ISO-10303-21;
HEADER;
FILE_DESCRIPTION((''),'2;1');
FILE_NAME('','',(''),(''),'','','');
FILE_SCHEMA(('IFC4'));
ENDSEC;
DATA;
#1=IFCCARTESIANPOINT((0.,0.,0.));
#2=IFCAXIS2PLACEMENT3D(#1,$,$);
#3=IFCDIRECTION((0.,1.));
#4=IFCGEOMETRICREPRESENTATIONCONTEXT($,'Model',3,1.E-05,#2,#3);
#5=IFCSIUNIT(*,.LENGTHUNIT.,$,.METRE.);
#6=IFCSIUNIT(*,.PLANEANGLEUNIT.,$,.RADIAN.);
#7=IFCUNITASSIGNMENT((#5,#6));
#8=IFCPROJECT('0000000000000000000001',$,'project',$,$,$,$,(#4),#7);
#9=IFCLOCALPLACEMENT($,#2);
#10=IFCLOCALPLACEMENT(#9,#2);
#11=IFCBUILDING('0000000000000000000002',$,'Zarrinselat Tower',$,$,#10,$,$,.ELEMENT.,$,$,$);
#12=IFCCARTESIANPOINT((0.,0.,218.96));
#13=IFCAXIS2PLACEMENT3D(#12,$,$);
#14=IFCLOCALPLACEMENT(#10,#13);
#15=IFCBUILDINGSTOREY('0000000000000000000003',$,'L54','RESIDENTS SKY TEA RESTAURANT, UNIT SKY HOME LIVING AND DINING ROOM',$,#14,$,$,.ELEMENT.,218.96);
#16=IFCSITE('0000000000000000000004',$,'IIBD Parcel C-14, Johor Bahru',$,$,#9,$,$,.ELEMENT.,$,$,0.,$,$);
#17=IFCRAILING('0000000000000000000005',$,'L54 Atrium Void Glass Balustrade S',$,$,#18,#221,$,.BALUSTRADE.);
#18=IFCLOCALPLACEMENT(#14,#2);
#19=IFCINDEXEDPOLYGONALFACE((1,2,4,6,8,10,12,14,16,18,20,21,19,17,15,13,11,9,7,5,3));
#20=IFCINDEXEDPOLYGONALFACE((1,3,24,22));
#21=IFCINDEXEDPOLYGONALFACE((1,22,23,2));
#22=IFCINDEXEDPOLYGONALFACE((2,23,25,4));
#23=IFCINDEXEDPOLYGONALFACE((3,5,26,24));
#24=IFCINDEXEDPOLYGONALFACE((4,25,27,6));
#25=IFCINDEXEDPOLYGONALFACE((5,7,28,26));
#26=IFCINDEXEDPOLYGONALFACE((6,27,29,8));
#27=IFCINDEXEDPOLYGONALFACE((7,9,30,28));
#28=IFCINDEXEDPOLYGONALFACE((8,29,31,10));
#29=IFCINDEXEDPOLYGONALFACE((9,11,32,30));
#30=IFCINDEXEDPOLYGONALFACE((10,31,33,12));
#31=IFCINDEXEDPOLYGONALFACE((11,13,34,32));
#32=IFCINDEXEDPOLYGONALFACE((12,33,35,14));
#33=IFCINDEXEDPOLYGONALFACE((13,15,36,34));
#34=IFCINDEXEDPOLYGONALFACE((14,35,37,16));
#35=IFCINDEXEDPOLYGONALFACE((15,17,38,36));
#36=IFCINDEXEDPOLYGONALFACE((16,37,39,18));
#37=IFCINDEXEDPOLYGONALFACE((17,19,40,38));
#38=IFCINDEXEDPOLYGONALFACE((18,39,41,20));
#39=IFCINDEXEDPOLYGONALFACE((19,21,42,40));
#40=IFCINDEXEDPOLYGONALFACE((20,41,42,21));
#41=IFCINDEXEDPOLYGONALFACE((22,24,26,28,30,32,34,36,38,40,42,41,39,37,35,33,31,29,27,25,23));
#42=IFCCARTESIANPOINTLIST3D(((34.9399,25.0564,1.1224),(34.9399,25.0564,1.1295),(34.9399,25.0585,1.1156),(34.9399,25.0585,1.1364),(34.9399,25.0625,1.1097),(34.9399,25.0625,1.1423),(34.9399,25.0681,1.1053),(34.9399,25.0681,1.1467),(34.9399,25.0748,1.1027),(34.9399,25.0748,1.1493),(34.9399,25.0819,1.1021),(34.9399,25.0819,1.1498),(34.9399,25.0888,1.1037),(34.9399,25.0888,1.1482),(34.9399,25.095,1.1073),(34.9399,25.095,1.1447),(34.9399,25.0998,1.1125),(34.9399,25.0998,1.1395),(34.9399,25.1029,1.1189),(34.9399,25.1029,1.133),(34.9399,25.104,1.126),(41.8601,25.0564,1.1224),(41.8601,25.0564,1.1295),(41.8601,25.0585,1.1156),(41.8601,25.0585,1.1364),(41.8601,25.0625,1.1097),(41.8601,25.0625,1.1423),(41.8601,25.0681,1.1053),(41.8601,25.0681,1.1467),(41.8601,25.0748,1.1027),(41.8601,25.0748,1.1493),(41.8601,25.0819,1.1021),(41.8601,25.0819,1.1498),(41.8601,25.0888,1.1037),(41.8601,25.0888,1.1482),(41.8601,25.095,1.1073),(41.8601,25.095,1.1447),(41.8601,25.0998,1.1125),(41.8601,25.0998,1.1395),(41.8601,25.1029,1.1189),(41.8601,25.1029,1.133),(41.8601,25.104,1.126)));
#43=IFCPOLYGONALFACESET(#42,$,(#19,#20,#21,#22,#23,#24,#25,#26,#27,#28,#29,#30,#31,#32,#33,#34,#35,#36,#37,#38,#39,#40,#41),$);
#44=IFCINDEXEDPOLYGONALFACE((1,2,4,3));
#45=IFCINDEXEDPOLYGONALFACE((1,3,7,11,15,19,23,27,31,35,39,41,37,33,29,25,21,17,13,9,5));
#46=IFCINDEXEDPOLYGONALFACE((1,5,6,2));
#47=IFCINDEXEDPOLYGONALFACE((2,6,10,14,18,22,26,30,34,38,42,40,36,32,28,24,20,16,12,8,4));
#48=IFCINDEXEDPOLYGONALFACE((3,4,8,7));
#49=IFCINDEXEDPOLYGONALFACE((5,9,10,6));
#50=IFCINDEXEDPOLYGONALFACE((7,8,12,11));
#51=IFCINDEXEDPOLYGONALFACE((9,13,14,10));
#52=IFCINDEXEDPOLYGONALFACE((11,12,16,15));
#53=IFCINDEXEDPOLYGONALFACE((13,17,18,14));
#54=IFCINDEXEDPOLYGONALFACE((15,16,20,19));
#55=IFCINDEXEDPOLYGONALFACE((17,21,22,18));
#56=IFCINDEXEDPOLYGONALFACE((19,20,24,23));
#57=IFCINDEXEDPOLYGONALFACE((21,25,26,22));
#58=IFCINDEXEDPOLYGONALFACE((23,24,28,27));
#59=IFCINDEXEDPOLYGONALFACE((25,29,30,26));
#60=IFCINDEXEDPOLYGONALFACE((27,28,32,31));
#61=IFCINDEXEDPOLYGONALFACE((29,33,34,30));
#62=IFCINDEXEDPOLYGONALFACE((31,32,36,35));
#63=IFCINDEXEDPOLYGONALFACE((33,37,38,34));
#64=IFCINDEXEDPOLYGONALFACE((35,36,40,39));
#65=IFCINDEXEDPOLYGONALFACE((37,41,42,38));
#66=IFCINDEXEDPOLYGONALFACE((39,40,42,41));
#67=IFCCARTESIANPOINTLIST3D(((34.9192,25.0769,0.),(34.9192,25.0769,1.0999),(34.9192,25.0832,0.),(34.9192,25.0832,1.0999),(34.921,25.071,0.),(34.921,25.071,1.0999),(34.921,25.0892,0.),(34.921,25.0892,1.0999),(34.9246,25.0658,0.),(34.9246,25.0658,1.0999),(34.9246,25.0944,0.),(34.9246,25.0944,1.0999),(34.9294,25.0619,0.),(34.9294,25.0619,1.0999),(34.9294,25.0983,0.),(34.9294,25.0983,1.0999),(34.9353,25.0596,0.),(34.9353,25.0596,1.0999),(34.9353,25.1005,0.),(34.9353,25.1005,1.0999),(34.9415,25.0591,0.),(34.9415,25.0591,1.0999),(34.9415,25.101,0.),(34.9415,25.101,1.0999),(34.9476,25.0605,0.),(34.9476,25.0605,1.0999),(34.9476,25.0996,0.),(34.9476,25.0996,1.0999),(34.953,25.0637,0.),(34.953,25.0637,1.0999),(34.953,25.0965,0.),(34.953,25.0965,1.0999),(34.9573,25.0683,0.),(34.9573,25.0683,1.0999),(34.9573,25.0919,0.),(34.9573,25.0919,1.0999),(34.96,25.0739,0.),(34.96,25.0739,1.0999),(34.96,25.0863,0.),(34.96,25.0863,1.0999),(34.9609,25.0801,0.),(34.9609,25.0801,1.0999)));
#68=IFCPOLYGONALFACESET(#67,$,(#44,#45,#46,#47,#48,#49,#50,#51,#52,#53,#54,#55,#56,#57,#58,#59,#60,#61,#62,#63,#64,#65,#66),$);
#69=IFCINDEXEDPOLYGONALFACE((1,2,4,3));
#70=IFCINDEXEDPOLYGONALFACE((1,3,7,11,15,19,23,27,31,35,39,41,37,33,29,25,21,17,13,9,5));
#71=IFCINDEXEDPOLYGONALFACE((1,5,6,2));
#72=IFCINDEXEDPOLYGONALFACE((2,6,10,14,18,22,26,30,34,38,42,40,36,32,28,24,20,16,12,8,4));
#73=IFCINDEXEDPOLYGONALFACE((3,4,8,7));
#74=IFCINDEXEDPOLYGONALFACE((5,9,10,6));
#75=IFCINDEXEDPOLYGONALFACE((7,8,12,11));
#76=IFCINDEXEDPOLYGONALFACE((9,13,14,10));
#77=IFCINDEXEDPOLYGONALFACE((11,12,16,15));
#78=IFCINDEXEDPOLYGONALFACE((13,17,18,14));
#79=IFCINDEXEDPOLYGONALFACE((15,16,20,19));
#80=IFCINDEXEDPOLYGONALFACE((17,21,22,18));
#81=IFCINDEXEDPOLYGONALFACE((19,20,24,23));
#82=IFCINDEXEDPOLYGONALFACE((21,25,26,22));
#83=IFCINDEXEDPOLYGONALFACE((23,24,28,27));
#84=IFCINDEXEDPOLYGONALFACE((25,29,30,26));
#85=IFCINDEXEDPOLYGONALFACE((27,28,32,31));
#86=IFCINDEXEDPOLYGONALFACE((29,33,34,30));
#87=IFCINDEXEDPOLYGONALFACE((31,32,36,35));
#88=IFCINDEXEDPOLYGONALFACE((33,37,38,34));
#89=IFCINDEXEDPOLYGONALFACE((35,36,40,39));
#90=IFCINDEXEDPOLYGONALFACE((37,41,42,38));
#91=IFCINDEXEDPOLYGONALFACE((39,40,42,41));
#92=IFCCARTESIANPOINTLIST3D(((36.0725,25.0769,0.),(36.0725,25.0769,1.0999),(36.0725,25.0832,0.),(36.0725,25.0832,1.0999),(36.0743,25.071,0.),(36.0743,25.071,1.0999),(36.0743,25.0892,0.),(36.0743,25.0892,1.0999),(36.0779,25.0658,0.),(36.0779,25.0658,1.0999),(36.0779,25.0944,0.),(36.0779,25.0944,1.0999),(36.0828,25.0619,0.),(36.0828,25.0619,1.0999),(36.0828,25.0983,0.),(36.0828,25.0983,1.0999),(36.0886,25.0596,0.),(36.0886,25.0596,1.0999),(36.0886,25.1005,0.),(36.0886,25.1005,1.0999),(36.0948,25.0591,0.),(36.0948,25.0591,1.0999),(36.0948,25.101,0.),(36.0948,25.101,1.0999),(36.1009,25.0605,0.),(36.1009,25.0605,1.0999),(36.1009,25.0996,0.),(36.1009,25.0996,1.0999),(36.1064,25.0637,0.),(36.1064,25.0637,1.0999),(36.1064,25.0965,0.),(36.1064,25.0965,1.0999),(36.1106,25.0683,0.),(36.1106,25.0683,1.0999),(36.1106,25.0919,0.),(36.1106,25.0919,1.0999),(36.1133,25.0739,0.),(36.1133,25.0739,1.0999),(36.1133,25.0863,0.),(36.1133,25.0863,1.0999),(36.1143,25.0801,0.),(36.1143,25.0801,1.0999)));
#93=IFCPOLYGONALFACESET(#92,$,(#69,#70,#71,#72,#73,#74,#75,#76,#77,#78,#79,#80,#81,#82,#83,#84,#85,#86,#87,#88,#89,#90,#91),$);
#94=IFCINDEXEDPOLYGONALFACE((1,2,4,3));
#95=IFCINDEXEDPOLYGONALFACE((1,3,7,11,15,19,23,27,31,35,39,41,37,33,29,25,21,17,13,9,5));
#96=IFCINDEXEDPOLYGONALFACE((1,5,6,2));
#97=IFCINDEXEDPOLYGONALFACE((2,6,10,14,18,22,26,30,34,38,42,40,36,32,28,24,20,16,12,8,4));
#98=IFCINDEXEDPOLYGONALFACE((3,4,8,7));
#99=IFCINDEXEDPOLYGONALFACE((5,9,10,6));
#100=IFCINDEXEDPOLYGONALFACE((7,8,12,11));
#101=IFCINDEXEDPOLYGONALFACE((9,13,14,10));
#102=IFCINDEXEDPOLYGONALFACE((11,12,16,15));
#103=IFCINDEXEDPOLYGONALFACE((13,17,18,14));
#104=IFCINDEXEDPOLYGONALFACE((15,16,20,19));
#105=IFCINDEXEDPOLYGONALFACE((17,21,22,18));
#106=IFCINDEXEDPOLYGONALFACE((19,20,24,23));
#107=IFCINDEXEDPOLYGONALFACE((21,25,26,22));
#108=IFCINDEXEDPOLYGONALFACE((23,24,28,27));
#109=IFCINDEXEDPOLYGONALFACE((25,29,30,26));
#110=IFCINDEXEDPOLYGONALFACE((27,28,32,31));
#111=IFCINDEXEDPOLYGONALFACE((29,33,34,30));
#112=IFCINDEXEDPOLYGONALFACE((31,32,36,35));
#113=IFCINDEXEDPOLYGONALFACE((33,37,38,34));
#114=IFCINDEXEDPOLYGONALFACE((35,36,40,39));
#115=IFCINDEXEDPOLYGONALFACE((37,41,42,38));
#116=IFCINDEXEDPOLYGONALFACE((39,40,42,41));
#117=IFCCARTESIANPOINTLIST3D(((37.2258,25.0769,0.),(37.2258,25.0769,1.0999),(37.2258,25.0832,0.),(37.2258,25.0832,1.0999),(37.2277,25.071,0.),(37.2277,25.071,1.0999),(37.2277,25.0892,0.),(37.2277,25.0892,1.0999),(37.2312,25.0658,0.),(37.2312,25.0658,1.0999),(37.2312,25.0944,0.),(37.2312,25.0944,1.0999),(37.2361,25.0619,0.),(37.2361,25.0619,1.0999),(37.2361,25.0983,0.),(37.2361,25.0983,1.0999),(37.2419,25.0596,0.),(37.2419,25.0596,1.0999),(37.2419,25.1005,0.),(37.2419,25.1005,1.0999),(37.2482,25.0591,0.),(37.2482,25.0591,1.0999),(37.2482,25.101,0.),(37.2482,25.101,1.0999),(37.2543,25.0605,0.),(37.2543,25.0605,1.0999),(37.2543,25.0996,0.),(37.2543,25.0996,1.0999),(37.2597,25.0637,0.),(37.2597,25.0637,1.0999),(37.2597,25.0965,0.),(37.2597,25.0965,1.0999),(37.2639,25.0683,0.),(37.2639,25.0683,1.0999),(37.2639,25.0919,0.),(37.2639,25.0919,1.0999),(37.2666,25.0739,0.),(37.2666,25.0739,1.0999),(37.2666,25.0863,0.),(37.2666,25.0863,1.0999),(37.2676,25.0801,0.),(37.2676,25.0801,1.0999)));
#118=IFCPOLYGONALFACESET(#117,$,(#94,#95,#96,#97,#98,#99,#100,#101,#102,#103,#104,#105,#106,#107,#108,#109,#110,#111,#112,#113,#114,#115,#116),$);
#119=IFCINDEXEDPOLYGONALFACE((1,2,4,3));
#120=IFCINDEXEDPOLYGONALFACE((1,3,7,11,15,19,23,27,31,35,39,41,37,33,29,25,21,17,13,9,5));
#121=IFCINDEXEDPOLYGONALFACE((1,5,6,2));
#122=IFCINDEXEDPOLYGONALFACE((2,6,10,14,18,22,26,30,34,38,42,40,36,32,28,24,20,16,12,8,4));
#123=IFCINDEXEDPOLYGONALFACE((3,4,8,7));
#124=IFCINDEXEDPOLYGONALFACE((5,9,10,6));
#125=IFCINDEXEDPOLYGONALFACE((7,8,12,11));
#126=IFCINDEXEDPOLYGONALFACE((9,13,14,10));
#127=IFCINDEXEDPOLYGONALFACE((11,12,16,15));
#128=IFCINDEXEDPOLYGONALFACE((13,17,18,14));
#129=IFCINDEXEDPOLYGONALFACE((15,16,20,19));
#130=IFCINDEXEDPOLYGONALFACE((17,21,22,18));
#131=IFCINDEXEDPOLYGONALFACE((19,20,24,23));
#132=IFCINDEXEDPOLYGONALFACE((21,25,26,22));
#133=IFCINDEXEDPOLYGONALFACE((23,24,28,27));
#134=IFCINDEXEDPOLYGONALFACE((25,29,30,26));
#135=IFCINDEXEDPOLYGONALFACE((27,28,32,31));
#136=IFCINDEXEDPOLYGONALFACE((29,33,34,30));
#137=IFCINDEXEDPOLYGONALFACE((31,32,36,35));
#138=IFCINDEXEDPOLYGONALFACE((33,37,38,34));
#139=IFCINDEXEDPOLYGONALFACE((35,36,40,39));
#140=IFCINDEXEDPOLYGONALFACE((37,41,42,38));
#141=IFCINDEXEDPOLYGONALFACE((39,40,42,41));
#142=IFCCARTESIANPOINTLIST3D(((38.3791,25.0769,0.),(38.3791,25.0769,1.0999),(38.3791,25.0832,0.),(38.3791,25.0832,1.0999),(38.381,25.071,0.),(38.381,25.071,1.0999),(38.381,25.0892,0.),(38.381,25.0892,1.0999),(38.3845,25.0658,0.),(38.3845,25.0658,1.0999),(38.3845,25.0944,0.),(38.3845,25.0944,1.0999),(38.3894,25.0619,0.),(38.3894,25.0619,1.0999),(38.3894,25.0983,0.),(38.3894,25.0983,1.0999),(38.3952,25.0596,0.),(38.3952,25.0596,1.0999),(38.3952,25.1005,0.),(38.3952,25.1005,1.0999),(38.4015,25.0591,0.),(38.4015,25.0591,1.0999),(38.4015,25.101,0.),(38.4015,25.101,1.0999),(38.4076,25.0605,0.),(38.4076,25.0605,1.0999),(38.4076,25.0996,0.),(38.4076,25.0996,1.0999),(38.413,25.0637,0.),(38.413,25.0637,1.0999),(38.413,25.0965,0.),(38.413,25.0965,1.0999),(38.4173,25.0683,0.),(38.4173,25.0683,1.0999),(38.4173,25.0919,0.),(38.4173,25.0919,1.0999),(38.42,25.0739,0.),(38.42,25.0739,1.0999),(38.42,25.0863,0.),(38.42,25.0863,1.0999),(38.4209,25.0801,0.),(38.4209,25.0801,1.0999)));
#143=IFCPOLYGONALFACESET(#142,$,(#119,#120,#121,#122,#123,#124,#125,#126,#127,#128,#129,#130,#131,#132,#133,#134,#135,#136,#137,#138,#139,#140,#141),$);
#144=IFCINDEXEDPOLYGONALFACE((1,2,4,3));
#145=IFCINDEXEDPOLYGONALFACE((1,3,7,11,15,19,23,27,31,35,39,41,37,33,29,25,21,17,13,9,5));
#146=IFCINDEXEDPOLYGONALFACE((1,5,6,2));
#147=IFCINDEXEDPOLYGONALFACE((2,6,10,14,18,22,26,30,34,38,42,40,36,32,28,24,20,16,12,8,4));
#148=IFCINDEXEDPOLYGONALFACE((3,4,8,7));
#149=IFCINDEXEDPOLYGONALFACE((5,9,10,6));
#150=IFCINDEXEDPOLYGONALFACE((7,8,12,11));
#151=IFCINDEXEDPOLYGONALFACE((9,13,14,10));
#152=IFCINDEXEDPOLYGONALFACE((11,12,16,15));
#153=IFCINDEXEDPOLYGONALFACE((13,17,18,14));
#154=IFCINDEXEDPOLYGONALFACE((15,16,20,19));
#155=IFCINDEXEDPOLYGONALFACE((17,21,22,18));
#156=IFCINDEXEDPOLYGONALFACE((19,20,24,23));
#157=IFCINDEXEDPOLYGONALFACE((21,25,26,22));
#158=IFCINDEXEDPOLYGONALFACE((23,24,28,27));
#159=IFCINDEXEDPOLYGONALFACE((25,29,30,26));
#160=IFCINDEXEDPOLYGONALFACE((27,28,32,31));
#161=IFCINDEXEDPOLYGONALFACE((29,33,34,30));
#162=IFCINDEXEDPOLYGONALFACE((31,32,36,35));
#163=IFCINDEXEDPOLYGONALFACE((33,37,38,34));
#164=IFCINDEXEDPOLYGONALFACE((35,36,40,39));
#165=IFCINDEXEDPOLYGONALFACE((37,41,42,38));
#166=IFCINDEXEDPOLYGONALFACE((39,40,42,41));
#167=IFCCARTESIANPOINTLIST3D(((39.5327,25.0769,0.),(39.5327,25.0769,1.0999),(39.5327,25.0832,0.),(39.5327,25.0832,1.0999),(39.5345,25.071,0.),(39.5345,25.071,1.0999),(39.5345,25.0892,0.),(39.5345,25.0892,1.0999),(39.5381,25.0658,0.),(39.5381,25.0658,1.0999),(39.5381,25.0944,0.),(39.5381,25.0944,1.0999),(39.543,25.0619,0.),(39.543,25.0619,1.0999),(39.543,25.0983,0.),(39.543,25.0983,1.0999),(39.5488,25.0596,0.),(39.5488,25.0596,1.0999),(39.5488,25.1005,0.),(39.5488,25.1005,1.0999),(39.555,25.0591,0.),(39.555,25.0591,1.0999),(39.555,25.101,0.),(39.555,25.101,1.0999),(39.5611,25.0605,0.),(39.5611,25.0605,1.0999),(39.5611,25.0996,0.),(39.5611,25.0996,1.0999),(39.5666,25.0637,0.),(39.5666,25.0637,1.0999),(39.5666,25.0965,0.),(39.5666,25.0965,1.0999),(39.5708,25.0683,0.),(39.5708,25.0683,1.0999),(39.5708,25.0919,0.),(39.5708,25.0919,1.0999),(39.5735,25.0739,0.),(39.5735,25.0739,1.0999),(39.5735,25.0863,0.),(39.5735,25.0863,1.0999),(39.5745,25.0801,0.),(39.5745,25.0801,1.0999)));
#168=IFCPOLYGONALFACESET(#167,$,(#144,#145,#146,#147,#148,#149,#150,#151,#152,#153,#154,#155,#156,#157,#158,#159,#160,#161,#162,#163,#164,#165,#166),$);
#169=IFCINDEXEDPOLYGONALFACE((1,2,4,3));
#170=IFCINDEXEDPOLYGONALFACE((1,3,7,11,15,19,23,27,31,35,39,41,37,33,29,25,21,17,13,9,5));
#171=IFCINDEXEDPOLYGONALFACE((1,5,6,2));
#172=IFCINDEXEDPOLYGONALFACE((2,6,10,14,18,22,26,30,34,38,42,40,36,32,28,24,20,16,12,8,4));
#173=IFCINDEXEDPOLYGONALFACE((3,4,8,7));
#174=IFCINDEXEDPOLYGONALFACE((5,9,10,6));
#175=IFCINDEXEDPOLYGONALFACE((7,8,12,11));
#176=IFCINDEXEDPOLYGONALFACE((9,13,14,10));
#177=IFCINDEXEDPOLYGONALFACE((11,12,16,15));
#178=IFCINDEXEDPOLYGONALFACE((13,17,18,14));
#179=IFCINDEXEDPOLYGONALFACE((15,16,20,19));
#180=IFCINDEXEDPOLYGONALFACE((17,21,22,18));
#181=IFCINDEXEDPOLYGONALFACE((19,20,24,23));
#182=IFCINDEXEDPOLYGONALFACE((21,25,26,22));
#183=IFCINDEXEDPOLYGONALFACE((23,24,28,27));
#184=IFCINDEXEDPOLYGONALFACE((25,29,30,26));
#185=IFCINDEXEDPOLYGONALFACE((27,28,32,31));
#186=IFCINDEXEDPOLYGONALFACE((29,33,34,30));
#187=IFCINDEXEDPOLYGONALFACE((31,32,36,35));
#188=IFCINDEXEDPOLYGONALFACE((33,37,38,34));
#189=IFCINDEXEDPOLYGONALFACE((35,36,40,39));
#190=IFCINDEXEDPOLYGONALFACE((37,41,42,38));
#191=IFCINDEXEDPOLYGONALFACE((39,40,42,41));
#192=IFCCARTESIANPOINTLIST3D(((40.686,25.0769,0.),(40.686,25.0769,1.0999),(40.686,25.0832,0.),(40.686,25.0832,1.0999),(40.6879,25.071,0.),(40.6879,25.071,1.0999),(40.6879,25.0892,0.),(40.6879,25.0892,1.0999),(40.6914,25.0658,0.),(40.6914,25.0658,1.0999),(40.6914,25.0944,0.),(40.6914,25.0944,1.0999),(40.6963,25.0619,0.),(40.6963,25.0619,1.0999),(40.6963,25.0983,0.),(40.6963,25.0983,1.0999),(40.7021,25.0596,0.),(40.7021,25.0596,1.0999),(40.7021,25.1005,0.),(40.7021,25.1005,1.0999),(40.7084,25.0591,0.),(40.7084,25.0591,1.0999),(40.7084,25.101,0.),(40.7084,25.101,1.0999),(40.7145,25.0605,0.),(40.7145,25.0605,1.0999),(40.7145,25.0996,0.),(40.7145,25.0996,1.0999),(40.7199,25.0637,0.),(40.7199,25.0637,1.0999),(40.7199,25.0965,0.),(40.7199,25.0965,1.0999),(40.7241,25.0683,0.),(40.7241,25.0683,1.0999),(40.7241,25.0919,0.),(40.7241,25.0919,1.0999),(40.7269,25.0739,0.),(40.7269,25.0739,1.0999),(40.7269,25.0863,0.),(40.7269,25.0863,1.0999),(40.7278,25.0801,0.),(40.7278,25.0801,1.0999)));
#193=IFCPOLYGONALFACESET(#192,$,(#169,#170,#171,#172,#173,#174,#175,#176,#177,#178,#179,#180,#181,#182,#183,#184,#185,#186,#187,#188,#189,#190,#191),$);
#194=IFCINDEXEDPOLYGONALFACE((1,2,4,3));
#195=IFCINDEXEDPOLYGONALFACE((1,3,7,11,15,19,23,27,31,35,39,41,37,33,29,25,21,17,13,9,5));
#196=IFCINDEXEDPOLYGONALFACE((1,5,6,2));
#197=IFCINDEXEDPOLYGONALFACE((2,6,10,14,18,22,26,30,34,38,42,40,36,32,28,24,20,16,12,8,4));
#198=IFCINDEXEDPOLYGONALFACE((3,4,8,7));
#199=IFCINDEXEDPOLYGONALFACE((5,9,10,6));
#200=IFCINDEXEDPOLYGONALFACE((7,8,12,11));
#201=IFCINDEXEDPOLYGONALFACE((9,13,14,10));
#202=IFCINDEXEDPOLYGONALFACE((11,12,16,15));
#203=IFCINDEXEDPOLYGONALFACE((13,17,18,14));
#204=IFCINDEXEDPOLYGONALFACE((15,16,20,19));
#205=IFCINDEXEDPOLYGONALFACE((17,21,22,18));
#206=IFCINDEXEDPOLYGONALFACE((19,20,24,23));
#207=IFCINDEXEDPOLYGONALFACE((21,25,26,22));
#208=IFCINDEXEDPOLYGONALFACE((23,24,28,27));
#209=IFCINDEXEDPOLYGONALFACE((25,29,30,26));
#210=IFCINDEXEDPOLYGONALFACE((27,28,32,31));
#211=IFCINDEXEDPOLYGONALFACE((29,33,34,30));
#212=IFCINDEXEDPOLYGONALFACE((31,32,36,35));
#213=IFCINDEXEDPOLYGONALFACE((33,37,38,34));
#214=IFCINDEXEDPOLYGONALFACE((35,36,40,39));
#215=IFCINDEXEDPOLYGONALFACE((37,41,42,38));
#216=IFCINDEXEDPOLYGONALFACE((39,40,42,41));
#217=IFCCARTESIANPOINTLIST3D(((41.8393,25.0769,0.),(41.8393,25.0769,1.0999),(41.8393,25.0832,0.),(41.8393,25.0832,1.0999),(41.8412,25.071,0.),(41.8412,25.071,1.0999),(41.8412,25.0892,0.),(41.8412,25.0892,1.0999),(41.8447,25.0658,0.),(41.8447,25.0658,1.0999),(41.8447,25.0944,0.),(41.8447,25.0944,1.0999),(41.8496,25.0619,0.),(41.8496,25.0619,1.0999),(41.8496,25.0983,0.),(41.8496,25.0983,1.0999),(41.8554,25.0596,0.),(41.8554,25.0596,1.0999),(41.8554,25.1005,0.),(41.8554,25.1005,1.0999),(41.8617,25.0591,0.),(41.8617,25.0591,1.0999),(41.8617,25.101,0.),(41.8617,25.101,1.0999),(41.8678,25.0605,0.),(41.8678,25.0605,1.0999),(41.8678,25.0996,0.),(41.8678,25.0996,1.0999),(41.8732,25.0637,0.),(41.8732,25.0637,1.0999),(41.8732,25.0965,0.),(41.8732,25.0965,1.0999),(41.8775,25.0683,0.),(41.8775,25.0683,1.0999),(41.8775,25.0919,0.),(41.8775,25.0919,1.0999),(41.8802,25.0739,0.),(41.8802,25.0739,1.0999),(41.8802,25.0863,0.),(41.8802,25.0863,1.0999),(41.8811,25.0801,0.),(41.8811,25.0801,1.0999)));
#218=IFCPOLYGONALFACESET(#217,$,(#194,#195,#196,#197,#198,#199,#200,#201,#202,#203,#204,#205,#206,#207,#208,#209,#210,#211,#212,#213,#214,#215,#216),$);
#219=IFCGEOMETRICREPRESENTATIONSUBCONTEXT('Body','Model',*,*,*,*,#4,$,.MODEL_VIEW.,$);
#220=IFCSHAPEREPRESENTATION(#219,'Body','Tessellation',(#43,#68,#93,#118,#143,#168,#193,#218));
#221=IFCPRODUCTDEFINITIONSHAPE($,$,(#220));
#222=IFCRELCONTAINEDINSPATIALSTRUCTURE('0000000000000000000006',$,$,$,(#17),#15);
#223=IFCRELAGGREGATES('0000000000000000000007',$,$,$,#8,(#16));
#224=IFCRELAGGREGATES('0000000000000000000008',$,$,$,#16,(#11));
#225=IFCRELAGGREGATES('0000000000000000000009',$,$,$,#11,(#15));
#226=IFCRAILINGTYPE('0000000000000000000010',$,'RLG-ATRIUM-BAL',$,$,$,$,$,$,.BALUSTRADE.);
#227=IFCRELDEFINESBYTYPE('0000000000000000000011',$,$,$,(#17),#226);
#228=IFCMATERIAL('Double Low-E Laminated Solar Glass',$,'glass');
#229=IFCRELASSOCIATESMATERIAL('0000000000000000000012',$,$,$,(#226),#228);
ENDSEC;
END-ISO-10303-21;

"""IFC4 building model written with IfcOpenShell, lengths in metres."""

from ifc_helpers import new_model, si_unit, direction, frame, origin, origin_2d, place, context, subcontext, project, spatial, circle, extrude, material, type_object, element, save


model = new_model("IFC4")

# Units and contexts
model_context = context("Model", 3, precision=1e-05, world=origin(), true_north=direction((0.0, 1.0)))
body_context = subcontext(model_context, "Body", "Model", "MODEL_VIEW")
ifc_project = project(units=[si_unit("LENGTHUNIT", "METRE"), si_unit("PLANEANGLEUNIT", "RADIAN")], contexts=[model_context])

# Site, building, storey
site_placement = place(None, origin())
site = spatial("IfcSite", under=ifc_project, at=site_placement, Name="IIBD Parcel C-14, Johor Bahru", CompositionType="ELEMENT", RefElevation=0.0)
building_placement = place(site_placement, origin())
building = spatial("IfcBuilding", under=site, at=building_placement, Name="Zarrinselat Tower", CompositionType="ELEMENT")
storey_placement = place(building_placement, frame((0.0, 0.0, 218.96)))
storey = spatial("IfcBuildingStorey", under=building, at=storey_placement, Name="L54", Description="RESIDENTS SKY TEA RESTAURANT, UNIT SKY HOME LIVING AND DINING ROOM", CompositionType="ELEMENT", Elevation=218.96)

# Railing
ifc_material_1 = material(Name="Double Low-E Laminated Solar Glass", Category="glass")
railing_type = type_object("IfcRailingType", Name="RLG-ATRIUM-BAL", PredefinedType="BALUSTRADE", material=ifc_material_1)
railing_placement = place(storey_placement, frame((34.9399, 25.0801, 0.0)))
element("IfcRailing", 1, at=railing_placement, inside=storey, type_object=railing_type, Name="L54 Atrium Void Glass Balustrade S", PredefinedType="BALUSTRADE", context=body_context, shape_type="SweptSolid", body=[
    extrude(circle(Radius=0.0239, at=origin_2d()), frame((0.0, 0.0, 1.126), z_axis=(1.0, 0.0, 0.0), x_axis=(0.0, 1.0, 0.0)), (0.0, 0.0, 1.0), 6.9202),
    extrude(circle(Radius=0.021, at=origin_2d()), origin(), (0.0, 0.0, 1.0), 1.0999),
    extrude(circle(Radius=0.021, at=origin_2d()), frame((1.1533, 0.0, 0.0)), (0.0, 0.0, 1.0), 1.0999),
    extrude(circle(Radius=0.021, at=origin_2d()), frame((2.3066, 0.0, 0.0)), (0.0, 0.0, 1.0), 1.0999),
    extrude(circle(Radius=0.021, at=origin_2d()), frame((3.46, 0.0, 0.0)), (0.0, 0.0, 1.0), 1.0999),
    extrude(circle(Radius=0.021, at=origin_2d()), frame((4.6135, 0.0, 0.0)), (0.0, 0.0, 1.0), 1.0999),
    extrude(circle(Radius=0.021, at=origin_2d()), frame((5.7668, 0.0, 0.0)), (0.0, 0.0, 1.0), 1.0999),
    extrude(circle(Radius=0.021, at=origin_2d()), frame((6.9202, 0.0, 0.0)), (0.0, 0.0, 1.0), 1.0999),
])

save(model, "model.ifc")
